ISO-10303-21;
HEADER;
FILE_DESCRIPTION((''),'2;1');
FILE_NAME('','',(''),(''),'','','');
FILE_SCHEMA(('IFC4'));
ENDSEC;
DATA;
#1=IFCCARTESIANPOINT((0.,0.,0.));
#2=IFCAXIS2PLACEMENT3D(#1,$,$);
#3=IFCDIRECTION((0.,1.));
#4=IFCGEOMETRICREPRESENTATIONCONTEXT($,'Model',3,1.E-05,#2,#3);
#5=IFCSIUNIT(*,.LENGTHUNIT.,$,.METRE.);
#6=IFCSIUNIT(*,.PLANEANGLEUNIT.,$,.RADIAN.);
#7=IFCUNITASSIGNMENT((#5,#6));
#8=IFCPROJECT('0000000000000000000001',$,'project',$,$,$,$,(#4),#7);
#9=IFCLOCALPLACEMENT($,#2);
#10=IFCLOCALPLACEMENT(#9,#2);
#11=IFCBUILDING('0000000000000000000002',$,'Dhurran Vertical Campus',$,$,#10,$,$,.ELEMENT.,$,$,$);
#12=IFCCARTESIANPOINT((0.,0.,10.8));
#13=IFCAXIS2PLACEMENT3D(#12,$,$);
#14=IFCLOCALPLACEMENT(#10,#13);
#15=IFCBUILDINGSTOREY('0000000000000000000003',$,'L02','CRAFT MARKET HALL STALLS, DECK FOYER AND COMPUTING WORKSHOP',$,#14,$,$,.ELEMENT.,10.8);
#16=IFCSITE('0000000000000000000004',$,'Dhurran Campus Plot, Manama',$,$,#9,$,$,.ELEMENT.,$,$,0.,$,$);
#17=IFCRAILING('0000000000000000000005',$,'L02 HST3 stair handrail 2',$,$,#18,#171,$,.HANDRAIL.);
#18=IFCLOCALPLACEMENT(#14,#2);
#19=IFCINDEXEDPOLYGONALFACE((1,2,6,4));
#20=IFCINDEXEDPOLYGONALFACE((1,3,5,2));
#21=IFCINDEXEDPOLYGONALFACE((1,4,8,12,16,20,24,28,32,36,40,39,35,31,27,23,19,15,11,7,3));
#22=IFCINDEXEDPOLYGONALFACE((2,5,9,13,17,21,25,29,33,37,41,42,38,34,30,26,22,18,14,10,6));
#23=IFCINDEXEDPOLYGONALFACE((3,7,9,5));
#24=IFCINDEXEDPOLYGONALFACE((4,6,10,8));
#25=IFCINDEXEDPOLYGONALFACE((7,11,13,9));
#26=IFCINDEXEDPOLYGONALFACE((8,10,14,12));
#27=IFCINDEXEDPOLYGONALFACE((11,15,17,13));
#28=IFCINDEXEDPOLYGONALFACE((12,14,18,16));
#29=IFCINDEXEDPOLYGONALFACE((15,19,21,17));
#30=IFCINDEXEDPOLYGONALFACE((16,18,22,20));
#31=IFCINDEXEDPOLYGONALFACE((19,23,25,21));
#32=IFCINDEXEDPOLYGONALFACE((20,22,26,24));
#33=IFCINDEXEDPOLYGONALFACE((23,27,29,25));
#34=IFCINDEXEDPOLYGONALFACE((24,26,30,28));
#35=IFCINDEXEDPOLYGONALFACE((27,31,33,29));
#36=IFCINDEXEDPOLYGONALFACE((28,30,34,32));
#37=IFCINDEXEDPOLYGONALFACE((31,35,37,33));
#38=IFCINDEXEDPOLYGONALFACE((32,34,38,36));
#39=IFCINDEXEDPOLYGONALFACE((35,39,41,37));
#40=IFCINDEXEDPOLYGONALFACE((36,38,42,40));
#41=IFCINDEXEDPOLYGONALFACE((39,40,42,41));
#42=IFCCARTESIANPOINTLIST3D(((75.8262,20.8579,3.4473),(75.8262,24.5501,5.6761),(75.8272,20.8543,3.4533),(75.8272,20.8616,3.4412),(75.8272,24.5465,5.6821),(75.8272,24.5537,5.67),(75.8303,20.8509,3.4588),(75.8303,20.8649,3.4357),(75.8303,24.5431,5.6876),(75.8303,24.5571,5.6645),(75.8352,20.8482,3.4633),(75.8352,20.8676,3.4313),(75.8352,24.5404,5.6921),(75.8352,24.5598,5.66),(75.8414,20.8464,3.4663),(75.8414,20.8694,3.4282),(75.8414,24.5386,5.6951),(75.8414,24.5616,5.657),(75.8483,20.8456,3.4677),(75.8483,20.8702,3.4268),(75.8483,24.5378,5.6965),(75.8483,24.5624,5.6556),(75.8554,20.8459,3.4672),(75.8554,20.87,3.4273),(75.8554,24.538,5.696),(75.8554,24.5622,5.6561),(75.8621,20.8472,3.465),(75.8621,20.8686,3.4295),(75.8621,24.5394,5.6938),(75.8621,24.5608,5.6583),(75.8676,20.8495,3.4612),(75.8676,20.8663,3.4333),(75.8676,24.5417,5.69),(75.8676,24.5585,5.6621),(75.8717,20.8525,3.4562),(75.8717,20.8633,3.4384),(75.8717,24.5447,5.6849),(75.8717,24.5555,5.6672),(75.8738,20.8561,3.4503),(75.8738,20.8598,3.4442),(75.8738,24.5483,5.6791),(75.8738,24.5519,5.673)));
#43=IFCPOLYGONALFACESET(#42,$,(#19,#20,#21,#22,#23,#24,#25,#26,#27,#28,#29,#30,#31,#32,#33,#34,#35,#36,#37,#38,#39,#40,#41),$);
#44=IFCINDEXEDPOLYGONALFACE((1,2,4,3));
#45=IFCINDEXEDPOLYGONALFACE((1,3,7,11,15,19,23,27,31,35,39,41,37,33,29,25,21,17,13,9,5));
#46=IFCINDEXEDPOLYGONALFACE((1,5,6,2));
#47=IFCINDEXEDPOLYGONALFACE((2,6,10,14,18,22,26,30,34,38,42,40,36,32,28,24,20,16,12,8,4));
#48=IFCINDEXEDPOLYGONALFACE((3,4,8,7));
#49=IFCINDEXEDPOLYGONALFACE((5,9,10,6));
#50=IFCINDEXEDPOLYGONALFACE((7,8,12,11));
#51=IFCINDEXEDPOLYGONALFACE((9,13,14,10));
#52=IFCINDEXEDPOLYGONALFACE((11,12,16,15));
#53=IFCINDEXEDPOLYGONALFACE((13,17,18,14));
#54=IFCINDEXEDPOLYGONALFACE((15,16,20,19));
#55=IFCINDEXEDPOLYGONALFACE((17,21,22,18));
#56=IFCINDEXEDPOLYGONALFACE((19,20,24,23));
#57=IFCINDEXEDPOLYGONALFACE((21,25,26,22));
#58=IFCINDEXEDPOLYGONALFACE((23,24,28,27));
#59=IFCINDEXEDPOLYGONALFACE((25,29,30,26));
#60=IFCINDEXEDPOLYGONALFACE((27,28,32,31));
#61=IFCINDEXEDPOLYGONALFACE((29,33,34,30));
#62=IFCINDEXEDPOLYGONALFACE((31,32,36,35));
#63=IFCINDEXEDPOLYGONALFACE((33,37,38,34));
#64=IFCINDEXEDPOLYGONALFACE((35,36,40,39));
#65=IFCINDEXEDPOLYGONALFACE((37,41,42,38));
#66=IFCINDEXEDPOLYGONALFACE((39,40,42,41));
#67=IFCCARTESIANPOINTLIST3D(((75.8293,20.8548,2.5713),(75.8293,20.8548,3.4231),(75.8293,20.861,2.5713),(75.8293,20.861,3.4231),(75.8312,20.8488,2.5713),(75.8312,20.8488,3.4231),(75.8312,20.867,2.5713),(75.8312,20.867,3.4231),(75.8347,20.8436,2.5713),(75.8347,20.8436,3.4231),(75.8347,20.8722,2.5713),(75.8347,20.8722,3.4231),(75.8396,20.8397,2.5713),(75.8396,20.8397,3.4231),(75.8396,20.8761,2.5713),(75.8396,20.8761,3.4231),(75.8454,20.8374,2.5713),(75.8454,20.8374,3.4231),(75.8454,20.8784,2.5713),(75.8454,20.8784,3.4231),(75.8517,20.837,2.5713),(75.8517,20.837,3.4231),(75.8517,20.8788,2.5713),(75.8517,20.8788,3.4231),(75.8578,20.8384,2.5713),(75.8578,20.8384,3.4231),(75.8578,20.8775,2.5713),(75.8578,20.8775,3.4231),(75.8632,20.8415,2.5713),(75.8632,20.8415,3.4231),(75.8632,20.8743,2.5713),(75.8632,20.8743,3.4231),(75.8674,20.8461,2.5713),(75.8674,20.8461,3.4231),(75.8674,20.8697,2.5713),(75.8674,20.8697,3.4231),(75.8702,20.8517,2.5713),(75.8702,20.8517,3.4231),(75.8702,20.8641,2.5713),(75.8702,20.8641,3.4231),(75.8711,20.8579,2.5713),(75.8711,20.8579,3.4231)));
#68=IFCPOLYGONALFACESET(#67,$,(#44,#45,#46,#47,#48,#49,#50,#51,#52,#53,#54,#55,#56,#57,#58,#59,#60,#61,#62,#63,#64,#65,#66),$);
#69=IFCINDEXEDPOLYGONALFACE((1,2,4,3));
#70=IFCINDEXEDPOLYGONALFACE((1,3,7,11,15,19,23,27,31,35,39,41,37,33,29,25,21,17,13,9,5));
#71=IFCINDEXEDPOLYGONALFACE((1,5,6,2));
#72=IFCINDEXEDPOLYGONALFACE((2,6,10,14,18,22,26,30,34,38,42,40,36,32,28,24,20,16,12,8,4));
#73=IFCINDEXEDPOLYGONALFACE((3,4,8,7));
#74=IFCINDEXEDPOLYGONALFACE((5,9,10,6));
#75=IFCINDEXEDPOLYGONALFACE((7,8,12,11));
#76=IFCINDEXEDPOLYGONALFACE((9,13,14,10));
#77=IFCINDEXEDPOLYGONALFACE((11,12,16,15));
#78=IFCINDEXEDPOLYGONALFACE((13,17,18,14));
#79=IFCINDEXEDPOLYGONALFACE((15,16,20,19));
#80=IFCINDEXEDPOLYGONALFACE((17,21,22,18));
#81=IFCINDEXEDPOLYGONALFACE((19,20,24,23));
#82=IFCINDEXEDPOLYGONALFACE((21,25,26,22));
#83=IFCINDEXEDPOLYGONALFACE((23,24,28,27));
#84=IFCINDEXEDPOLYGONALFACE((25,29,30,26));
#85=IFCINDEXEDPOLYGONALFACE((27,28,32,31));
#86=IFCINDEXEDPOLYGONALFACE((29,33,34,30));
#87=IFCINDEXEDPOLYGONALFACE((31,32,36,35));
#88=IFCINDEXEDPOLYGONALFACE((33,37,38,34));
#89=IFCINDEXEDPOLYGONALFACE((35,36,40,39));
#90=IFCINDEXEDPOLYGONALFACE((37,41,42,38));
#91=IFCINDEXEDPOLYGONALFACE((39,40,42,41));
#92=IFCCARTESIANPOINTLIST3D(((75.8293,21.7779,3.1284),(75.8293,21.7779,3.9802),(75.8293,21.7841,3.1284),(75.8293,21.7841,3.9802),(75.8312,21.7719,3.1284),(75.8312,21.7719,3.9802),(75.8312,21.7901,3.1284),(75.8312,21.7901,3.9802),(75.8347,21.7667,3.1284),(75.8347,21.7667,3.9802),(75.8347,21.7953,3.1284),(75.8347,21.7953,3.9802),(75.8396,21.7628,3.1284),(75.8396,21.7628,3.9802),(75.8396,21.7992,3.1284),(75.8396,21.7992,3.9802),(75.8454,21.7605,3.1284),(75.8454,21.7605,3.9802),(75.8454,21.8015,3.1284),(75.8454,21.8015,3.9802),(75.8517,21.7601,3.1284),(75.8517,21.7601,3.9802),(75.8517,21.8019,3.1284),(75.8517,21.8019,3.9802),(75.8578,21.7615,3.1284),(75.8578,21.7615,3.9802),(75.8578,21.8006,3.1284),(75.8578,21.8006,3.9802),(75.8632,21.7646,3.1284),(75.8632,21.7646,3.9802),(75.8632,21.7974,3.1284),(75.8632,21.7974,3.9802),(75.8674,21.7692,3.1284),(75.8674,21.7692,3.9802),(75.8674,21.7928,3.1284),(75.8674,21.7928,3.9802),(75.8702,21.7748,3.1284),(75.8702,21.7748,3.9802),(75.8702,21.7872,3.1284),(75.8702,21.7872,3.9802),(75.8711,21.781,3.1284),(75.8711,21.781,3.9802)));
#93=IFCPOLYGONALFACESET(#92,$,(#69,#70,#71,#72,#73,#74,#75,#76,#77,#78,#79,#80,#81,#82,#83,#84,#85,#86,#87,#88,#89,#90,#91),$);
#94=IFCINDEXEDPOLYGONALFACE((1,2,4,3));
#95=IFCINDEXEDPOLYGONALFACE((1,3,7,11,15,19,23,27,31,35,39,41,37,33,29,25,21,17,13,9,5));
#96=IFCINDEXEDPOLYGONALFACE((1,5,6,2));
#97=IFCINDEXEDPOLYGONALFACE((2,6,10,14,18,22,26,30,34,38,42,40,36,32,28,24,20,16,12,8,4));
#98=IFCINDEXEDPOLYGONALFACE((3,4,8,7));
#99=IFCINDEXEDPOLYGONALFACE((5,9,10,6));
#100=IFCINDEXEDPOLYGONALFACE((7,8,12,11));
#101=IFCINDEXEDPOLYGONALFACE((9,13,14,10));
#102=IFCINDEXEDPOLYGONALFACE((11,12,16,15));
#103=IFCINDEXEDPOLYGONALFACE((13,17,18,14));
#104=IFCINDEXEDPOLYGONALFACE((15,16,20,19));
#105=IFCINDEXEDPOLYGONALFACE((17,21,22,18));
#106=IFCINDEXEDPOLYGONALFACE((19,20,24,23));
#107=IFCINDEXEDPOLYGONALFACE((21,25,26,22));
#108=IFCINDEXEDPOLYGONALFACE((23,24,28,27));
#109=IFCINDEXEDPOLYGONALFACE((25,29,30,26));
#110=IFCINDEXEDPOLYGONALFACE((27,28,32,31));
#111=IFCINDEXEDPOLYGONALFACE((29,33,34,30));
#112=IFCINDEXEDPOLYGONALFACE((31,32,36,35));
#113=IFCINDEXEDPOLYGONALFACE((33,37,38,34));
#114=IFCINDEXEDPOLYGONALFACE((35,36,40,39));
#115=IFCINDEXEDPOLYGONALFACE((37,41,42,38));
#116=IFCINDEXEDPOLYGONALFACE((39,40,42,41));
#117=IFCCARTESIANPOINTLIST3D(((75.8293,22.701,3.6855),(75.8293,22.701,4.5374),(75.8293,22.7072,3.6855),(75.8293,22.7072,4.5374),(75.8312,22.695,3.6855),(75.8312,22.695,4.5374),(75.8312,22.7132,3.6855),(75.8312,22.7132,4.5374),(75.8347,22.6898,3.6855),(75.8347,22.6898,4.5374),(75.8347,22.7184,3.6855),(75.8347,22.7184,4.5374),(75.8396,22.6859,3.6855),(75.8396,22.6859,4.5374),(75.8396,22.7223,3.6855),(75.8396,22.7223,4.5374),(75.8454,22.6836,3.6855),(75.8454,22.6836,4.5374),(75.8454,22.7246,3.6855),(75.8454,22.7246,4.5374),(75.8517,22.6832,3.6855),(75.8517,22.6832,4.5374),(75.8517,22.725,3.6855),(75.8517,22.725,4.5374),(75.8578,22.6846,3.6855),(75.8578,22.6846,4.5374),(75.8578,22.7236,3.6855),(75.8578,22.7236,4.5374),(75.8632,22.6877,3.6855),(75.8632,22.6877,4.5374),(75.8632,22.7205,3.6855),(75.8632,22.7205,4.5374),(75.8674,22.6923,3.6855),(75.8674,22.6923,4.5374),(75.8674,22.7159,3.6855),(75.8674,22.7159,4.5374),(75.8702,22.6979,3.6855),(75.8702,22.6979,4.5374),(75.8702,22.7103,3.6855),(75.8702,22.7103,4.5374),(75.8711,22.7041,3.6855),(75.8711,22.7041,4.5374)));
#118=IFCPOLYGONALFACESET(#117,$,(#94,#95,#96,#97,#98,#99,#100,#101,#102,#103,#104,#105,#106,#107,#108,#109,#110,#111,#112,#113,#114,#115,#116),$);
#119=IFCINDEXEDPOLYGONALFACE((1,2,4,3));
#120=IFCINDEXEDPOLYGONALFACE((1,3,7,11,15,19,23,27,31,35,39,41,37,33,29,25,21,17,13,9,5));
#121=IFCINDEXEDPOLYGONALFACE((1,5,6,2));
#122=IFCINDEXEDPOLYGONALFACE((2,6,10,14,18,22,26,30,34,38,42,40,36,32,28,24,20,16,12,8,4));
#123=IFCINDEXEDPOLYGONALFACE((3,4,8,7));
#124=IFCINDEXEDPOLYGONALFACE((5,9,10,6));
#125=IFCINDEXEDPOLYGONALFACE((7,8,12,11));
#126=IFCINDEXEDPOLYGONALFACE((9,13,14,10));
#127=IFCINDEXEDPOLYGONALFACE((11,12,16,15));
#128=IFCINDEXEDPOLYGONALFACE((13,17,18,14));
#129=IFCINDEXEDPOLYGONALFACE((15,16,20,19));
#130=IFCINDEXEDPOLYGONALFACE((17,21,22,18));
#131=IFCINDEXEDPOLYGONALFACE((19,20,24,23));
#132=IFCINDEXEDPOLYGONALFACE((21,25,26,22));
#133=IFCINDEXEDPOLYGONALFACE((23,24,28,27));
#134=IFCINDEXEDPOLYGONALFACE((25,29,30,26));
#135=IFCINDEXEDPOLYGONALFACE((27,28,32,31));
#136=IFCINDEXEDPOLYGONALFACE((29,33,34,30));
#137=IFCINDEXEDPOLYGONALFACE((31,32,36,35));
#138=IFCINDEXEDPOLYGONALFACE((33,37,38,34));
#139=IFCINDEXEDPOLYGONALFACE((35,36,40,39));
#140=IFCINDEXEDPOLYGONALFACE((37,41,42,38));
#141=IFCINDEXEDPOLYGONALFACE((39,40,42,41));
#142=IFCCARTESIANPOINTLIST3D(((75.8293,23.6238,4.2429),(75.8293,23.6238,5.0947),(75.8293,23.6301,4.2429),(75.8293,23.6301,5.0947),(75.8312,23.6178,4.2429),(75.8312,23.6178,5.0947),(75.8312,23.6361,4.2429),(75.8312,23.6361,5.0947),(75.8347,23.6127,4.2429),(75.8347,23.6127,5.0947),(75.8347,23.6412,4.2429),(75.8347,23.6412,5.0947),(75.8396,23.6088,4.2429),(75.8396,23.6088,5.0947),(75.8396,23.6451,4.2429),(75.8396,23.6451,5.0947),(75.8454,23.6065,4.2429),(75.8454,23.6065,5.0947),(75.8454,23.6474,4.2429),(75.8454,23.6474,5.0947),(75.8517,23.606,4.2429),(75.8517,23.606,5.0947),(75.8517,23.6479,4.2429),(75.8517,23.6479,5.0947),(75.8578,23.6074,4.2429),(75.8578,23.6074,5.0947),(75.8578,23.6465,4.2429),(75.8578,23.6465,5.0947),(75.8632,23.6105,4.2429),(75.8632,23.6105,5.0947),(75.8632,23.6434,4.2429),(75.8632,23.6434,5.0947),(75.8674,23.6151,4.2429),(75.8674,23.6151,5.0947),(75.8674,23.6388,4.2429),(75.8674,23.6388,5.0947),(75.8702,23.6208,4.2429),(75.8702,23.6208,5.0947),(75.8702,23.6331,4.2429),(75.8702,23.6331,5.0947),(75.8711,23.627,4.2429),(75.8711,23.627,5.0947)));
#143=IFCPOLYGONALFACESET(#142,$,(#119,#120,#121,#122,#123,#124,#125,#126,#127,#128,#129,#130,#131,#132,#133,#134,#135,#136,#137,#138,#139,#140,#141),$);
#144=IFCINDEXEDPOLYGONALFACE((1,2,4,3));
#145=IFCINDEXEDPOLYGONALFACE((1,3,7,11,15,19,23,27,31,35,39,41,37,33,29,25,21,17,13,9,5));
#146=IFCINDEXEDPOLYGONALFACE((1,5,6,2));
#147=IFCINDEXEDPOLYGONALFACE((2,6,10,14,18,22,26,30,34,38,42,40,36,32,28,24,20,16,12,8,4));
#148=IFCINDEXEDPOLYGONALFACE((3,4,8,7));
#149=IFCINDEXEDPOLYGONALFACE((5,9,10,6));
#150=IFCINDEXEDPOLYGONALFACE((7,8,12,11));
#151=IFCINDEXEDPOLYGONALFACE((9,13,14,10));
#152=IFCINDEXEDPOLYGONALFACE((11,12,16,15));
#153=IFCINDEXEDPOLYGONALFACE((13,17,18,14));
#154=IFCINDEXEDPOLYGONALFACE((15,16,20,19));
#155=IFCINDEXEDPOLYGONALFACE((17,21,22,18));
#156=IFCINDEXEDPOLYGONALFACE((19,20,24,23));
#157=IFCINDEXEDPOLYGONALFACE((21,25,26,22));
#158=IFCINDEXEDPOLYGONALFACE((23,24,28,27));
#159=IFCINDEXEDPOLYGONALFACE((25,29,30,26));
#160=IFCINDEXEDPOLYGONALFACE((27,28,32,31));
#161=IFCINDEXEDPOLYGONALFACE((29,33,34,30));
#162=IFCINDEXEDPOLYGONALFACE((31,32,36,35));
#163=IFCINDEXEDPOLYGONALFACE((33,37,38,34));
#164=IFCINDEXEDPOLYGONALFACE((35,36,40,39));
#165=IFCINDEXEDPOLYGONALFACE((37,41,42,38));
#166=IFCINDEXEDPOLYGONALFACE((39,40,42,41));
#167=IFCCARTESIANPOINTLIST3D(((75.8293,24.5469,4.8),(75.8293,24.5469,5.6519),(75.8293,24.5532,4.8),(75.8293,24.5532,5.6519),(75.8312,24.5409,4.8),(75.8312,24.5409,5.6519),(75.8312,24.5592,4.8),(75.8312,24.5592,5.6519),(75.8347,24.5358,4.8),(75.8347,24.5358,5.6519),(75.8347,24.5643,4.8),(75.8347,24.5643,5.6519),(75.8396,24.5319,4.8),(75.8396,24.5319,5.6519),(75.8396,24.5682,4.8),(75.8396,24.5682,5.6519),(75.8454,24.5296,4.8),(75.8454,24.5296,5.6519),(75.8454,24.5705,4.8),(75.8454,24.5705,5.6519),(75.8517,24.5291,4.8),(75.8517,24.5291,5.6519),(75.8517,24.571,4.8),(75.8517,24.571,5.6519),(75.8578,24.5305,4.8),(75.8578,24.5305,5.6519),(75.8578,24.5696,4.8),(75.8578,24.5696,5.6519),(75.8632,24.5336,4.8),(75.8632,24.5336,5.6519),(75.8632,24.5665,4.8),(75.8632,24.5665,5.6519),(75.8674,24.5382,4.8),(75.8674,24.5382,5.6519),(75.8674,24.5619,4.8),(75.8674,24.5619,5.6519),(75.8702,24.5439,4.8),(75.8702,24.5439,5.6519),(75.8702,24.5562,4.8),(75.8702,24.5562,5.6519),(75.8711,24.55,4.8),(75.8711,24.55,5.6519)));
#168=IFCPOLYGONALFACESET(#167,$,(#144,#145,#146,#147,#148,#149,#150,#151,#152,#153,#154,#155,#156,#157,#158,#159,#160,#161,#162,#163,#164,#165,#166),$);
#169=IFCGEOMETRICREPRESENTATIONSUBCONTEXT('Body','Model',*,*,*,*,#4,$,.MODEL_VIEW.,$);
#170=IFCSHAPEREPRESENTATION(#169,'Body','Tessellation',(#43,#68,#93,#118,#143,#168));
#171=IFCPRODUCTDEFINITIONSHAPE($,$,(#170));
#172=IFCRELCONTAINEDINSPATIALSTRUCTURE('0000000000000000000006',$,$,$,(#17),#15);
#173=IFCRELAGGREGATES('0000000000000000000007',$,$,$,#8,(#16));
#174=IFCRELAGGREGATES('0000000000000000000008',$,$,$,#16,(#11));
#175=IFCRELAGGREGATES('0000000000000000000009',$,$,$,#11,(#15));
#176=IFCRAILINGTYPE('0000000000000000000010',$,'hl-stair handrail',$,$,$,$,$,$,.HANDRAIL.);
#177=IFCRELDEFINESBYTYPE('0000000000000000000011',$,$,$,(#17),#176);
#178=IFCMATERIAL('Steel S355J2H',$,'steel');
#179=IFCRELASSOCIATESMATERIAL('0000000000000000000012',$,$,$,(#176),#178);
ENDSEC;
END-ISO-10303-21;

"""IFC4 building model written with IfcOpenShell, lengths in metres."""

from ifc_helpers import new_model, si_unit, direction, frame, origin, origin_2d, place, context, subcontext, project, spatial, circle, extrude, material, type_object, element, save


model = new_model("IFC4")

# Units and contexts
model_context = context("Model", 3, precision=1e-05, world=origin(), true_north=direction((0.0, 1.0)))
body_context = subcontext(model_context, "Body", "Model", "MODEL_VIEW")
ifc_project = project(units=[si_unit("LENGTHUNIT", "METRE"), si_unit("PLANEANGLEUNIT", "RADIAN")], contexts=[model_context])

# Site, building, storey
site_placement = place(None, origin())
site = spatial("IfcSite", under=ifc_project, at=site_placement, Name="Dhurran Campus Plot, Manama", CompositionType="ELEMENT", RefElevation=0.0)
building_placement = place(site_placement, origin())
building = spatial("IfcBuilding", under=site, at=building_placement, Name="Dhurran Vertical Campus", CompositionType="ELEMENT")
storey_placement = place(building_placement, frame((0.0, 0.0, 10.8)))
storey = spatial("IfcBuildingStorey", under=building, at=storey_placement, Name="L02", Description="CRAFT MARKET HALL STALLS, DECK FOYER AND COMPUTING WORKSHOP", CompositionType="ELEMENT", Elevation=10.8)

# Railing
ifc_material_1 = material(Name="Steel S355J2H", Category="steel")
railing_type_1 = type_object("IfcRailingType", Name="hl-stair handrail", PredefinedType="HANDRAIL", material=ifc_material_1)
railing_1_placement = place(storey_placement, frame((75.8501, 20.8579, 2.5713)))
element("IfcRailing", 1, at=railing_1_placement, inside=storey, type_object=railing_type_1, Name="L02 HST3 stair handrail 2", PredefinedType="HANDRAIL", context=body_context, shape_type="SweptSolid", body=[
    extrude(circle(Radius=0.0239, at=origin_2d()), frame((0.0, 0.0, 0.876), z_axis=(0.0, 0.856111, 0.516792), x_axis=(-1.0, 0.0, 0.0)), (0.0, 0.0, 1.0), 4.3127),
    extrude(circle(Radius=0.021, at=origin_2d()), origin(), (0.0, 0.0, 1.0), 0.8518),
    extrude(circle(Radius=0.021, at=origin_2d()), frame((0.0, 0.9231, 0.5571)), (0.0, 0.0, 1.0), 0.8518),
    extrude(circle(Radius=0.021, at=origin_2d()), frame((0.0, 1.8462, 1.1143)), (0.0, 0.0, 1.0), 0.8518),
    extrude(circle(Radius=0.021, at=origin_2d()), frame((0.0, 2.769, 1.6716)), (0.0, 0.0, 1.0), 0.8518),
    extrude(circle(Radius=0.021, at=origin_2d()), frame((0.0, 3.6921, 2.2288)), (0.0, 0.0, 1.0), 0.8518),
])

save(model, "model.ifc")
